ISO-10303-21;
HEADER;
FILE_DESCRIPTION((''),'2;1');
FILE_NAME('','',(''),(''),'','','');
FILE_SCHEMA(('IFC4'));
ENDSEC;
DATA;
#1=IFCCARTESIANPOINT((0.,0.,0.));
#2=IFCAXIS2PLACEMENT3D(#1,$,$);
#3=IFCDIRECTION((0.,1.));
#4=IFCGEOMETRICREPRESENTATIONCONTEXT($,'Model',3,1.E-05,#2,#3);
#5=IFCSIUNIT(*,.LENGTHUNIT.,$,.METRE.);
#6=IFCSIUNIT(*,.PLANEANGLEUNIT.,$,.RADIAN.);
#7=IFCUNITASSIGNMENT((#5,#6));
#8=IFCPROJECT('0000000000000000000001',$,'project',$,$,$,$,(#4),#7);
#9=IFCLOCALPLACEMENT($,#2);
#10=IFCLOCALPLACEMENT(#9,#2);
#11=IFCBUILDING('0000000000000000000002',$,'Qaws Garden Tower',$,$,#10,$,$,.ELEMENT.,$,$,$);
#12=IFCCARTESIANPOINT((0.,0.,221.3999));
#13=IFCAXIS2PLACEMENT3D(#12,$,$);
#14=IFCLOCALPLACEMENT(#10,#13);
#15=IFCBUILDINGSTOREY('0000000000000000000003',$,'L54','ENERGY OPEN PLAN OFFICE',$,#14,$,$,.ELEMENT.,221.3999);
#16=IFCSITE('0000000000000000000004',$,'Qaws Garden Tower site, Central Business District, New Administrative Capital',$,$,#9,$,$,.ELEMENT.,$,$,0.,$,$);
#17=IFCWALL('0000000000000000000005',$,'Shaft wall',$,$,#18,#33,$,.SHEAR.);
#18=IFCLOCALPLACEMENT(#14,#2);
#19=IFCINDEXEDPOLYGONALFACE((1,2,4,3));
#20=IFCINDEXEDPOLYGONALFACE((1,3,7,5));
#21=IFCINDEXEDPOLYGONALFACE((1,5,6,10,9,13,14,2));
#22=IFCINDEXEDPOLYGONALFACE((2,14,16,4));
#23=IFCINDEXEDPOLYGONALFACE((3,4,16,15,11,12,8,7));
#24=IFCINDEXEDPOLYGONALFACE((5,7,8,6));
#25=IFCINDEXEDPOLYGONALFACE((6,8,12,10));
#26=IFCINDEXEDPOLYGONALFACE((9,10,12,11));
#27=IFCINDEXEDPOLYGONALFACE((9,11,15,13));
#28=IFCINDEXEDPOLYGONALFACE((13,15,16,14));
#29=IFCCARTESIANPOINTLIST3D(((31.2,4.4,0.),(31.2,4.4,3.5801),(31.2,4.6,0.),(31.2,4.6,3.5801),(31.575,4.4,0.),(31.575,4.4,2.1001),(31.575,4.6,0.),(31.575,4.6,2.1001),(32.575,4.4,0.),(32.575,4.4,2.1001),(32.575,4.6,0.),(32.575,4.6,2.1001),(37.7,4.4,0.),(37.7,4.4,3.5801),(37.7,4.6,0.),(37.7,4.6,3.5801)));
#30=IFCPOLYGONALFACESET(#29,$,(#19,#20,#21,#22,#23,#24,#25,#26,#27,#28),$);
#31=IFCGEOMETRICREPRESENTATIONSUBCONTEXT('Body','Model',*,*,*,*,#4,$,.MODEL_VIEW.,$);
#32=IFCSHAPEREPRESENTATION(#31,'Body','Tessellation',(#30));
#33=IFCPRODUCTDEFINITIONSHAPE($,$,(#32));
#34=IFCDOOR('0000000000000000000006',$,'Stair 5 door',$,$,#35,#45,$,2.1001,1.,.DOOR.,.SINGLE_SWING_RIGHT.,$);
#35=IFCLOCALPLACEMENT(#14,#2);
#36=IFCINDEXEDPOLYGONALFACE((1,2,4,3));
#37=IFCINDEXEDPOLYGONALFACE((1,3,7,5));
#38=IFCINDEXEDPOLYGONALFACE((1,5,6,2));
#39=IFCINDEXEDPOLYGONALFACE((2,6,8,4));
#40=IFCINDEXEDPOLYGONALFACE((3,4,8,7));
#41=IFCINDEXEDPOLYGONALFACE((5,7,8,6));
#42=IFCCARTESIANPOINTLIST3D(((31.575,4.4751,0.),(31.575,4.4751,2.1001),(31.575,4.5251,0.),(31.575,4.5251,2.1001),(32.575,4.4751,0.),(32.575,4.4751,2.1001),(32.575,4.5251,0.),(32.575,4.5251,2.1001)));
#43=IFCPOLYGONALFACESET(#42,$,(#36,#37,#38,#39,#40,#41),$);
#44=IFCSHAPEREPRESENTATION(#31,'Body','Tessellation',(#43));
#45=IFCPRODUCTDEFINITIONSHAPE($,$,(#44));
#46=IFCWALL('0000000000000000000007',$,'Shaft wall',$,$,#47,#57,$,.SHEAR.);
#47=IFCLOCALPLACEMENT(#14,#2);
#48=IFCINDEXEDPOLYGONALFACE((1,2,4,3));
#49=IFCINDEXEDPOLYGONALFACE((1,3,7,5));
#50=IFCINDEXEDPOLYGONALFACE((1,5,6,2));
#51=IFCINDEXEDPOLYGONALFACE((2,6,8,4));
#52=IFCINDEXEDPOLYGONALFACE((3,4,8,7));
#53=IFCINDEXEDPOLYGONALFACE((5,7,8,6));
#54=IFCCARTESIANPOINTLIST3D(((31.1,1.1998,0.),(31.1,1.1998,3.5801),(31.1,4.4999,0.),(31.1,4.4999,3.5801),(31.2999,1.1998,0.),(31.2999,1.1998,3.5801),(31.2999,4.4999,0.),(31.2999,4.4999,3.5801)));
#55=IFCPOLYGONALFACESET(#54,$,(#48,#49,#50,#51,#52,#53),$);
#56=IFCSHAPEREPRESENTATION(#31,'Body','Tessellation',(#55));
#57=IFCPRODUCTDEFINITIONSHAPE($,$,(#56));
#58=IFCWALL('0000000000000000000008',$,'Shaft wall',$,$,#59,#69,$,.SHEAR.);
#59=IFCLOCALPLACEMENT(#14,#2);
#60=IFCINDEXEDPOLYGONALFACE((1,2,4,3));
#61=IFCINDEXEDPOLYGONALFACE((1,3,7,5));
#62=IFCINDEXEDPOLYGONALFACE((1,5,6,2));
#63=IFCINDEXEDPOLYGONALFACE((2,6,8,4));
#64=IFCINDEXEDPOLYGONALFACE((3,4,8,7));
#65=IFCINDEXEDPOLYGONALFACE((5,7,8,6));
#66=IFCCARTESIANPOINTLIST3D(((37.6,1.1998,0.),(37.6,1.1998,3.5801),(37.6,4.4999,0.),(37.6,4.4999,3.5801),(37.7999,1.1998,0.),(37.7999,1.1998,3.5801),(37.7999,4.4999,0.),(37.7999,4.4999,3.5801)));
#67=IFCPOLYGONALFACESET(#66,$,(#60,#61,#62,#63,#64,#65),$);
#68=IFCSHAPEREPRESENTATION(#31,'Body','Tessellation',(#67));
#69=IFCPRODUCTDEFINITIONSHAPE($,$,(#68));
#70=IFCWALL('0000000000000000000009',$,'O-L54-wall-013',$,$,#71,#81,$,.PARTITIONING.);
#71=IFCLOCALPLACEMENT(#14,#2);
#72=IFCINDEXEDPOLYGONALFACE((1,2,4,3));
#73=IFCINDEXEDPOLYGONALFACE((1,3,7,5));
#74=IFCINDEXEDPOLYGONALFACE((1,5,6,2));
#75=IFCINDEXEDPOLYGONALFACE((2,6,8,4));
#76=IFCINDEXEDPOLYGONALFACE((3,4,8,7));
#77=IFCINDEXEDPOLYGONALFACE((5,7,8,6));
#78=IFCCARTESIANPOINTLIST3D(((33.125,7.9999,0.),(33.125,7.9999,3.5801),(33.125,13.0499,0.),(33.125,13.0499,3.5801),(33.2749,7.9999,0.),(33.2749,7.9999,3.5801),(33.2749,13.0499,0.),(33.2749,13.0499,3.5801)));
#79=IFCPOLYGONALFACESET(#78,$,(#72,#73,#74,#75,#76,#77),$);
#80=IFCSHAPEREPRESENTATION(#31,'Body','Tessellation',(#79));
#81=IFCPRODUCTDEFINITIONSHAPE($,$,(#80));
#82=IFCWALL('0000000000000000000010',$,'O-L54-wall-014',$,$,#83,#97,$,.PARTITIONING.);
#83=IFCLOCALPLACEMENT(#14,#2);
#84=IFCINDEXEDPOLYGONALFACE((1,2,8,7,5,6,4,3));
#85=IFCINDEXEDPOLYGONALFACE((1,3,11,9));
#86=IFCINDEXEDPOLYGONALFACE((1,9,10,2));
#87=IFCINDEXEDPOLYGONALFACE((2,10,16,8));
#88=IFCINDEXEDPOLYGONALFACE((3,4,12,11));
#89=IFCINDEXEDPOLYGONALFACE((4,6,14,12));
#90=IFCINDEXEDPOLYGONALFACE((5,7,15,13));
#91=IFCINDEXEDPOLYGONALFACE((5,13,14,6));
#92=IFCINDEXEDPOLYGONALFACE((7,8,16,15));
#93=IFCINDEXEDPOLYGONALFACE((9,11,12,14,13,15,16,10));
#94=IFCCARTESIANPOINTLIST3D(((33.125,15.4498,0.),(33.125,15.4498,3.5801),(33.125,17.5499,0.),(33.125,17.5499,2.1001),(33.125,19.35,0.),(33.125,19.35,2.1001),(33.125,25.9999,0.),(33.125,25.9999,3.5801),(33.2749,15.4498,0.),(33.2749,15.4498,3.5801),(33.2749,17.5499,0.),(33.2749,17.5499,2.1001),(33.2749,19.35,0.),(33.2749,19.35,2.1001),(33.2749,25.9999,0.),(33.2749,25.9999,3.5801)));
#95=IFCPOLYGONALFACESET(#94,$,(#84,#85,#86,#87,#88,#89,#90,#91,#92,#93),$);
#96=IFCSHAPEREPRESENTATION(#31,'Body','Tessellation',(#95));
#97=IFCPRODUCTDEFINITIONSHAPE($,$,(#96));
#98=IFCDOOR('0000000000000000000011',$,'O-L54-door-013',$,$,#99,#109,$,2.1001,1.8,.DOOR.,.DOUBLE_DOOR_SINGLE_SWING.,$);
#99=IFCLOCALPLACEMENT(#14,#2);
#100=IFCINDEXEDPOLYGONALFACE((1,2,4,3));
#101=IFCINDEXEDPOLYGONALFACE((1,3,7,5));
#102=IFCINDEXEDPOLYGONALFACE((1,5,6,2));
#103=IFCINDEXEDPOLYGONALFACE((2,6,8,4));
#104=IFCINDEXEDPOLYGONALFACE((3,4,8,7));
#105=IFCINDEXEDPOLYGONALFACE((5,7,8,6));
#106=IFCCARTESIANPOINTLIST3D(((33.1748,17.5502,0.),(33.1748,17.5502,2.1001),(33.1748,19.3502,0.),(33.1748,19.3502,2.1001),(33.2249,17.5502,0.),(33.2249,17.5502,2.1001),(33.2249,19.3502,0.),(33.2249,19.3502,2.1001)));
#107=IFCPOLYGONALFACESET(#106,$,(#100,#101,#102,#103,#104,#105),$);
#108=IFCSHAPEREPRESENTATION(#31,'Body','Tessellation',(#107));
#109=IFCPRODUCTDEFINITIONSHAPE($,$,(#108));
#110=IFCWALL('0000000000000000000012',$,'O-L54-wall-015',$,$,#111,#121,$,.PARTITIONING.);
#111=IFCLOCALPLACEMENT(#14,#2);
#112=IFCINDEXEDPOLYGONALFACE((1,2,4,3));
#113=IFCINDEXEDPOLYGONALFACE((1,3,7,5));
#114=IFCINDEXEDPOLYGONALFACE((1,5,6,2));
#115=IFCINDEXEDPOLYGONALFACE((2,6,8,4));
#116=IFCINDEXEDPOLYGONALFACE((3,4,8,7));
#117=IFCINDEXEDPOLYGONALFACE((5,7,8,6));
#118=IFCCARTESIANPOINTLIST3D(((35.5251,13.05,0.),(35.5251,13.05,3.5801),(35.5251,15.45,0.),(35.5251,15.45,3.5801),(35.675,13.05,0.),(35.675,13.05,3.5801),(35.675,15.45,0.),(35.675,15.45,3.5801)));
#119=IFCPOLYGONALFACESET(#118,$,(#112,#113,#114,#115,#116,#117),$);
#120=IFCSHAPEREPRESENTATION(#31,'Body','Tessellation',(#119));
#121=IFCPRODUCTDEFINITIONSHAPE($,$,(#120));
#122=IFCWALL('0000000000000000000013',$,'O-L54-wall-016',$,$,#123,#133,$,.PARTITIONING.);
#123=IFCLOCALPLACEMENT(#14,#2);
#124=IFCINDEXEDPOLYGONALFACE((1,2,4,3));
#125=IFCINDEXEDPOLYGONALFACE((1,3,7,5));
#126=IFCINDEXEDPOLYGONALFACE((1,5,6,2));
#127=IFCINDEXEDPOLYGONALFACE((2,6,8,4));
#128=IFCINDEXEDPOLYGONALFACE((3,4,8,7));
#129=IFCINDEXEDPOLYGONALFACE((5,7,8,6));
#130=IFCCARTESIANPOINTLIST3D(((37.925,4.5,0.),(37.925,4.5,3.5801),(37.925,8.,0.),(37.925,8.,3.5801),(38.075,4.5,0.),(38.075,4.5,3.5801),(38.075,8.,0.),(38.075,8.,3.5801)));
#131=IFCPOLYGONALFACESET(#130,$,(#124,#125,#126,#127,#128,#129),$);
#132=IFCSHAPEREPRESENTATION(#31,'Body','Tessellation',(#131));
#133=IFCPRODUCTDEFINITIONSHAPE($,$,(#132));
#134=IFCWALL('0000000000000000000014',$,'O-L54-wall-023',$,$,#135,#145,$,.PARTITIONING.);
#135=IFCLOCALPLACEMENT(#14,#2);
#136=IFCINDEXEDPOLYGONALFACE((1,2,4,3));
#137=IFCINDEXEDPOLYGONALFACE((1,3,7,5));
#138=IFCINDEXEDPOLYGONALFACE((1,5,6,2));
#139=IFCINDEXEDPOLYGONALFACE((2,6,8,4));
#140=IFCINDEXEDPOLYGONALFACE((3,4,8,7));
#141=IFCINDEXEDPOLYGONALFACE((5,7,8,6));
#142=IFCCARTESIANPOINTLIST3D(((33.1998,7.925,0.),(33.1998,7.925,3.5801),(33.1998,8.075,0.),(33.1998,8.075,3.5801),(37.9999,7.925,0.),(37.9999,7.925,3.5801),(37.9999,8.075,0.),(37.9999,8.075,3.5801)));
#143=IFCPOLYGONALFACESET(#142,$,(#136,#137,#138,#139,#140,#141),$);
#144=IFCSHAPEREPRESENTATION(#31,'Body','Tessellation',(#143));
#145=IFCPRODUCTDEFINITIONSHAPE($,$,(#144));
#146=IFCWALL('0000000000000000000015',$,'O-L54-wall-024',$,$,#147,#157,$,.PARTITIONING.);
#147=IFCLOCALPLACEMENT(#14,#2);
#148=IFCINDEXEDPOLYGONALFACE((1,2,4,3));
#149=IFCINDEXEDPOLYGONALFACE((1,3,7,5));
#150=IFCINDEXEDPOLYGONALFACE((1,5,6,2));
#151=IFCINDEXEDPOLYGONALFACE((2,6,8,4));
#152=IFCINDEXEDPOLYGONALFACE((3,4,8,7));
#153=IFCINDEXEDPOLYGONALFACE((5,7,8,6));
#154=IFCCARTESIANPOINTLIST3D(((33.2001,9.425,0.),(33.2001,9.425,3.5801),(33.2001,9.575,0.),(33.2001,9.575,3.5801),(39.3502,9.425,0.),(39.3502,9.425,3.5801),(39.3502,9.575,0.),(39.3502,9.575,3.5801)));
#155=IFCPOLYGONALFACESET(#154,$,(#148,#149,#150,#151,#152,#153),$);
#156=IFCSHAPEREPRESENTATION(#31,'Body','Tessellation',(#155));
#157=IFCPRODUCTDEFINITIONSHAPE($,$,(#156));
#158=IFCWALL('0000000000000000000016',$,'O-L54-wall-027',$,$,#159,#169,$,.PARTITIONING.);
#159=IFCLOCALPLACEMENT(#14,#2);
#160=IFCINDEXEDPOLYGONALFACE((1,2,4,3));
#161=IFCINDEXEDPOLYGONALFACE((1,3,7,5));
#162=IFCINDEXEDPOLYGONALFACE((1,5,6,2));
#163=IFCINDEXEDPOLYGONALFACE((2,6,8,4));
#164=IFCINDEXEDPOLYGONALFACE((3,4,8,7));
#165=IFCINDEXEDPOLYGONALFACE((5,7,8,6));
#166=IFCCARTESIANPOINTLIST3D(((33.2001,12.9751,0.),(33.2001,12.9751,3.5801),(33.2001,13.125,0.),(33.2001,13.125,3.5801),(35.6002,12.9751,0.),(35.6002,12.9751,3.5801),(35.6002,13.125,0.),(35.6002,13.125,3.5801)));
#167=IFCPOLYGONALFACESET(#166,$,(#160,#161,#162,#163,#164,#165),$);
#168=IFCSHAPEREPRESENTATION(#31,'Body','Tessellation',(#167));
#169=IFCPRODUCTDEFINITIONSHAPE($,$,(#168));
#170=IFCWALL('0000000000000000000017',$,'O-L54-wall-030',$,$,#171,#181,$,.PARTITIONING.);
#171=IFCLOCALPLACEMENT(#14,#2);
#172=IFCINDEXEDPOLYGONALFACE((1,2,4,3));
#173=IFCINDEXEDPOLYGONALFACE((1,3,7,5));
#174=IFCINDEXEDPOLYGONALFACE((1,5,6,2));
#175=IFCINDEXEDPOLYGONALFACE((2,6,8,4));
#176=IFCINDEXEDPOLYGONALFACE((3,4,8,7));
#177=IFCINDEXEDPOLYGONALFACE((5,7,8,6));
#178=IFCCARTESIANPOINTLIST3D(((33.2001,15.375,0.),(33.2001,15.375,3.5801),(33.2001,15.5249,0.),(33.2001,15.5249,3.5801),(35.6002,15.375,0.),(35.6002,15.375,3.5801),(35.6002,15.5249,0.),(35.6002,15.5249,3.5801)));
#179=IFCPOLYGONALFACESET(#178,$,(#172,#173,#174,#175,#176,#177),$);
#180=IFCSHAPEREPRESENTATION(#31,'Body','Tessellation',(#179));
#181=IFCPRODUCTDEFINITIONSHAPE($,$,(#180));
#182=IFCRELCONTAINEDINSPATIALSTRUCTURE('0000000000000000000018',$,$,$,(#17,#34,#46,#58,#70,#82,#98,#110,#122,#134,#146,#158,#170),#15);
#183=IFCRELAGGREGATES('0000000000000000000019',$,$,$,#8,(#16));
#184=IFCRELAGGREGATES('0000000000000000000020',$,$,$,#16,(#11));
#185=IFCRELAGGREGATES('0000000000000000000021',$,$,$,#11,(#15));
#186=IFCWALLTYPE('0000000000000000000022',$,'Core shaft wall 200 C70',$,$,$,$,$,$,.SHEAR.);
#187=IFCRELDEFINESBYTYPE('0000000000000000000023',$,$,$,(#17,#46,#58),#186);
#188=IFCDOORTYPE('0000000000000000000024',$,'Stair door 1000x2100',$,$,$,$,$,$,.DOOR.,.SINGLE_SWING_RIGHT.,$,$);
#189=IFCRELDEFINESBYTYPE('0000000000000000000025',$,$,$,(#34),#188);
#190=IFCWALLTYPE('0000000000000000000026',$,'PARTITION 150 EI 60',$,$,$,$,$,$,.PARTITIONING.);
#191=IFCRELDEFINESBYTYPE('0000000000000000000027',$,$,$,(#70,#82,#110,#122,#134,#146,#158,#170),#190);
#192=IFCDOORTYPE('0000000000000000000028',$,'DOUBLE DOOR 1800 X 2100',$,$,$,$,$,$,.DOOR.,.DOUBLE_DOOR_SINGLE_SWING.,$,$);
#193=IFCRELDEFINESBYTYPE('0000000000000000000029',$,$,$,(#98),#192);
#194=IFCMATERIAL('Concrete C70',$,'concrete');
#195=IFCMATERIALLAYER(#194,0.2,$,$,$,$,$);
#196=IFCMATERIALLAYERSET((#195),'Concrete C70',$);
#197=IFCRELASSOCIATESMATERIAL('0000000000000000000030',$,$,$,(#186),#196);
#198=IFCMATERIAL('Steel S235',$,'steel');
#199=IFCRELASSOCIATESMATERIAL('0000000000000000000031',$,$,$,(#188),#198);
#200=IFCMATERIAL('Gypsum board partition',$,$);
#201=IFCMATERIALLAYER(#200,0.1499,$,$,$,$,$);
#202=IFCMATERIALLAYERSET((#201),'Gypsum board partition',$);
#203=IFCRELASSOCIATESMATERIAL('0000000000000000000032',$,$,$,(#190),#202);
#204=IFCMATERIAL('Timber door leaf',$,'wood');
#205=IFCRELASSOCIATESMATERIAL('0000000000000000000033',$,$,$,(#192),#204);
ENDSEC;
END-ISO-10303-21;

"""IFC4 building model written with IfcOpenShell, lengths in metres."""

from ifc_helpers import new_model, si_unit, direction, frame, frame_2d, origin, place, context, subcontext, project, spatial, rectangle, extrude, material, layer, layer_set, type_object, element, fill, save


model = new_model("IFC4")

# Units and contexts
model_context = context("Model", 3, precision=1e-05, world=origin(), true_north=direction((0.0, 1.0)))
body_context = subcontext(model_context, "Body", "Model", "MODEL_VIEW")
ifc_project = project(units=[si_unit("LENGTHUNIT", "METRE"), si_unit("PLANEANGLEUNIT", "RADIAN")], contexts=[model_context])

# Site, building, storey
site_placement = place(None, origin())
site = spatial("IfcSite", under=ifc_project, at=site_placement, Name="Qaws Garden Tower site, Central Business District, New Administrative Capital", CompositionType="ELEMENT", RefElevation=0.0)
building_placement = place(site_placement, origin())
building = spatial("IfcBuilding", under=site, at=building_placement, Name="Qaws Garden Tower", CompositionType="ELEMENT")
storey_placement = place(building_placement, frame((0.0, 0.0, 221.3999)))
storey = spatial("IfcBuildingStorey", under=building, at=storey_placement, Name="L54", Description="ENERGY OPEN PLAN OFFICE", CompositionType="ELEMENT", Elevation=221.3999)

# Wall, opening, door
ifc_material_1 = material(Name="Concrete C70", Category="concrete")
ifc_layer_1 = layer(ifc_material_1, 0.2)
ifc_layer_set_1 = layer_set([ifc_layer_1], Name="Concrete C70")
wall_type_1 = type_object("IfcWallType", Name="Core shaft wall 200 C70", PredefinedType="SHEAR", material=ifc_layer_set_1)
wall_1_placement = place(storey_placement, frame((31.2, 4.5, 0.0), z_axis=(0.0, 0.0, 1.0), x_axis=(1.0, 0.0, 0.0)))
wall_1 = element("IfcWall", 1, at=wall_1_placement, inside=storey, type_object=wall_type_1, Name="Shaft wall", PredefinedType="SHEAR", context=body_context, shape_type="SweptSolid", body=[
    extrude(rectangle(XDim=6.5, YDim=0.2, at=frame_2d((3.25, 0.0))), origin(), (0.0, 0.0, 1.0), 3.5801),
])
opening_1_placement = place(wall_1_placement, frame((0.375, 0.0, 0.0)))
opening_1 = element("IfcOpeningElement", 2, at=opening_1_placement, cuts=wall_1, PredefinedType="OPENING", context=body_context, shape_type="SweptSolid", body=[
    extrude(rectangle(XDim=1.0, YDim=2.1001, at=frame_2d((0.5, 1.05))), frame((0.0, 0.1099, 0.0), z_axis=(0.0, -1.0, 0.0), x_axis=(1.0, 0.0, 0.0)), (0.0, 0.0, 1.0), 0.22),
])
ifc_material_2 = material(Name="Steel S235", Category="steel")
door_type_1 = type_object("IfcDoorType", Name="Stair door 1000x2100", OperationType="SINGLE_SWING_RIGHT", PredefinedType="DOOR", material=ifc_material_2)
door_1_placement = place(opening_1_placement, frame((1.0, 0.0, 0.0), z_axis=(0.0, 0.0, 1.0), x_axis=(-1.0, 0.0, 0.0)))
door_1 = element("IfcDoor", 3, at=door_1_placement, inside=storey, type_object=door_type_1, Name="Stair 5 door", OperationType="SINGLE_SWING_RIGHT", OverallHeight=2.1001, OverallWidth=1.0, PredefinedType="DOOR", context=body_context, shape_type="SweptSolid", body=[
    extrude(rectangle(XDim=1.0, YDim=2.1001, at=frame_2d((0.5, 1.05))), frame((0.0, 0.0249, 0.0), z_axis=(0.0, -1.0, 0.0), x_axis=(1.0, 0.0, 0.0)), (0.0, 0.0, 1.0), 0.05),
])
fill(opening_1, door_1)

# Walls
for number, where, z_axis, x_axis, name in (
    (4, (31.2, 1.2, 0.0), (0.0, 0.0, 1.0), (0.0, 1.0, 0.0), "Shaft wall"),
    (5, (37.7, 1.2, 0.0), (0.0, 0.0, 1.0), (0.0, 1.0, 0.0), "Shaft wall"),
):
    element("IfcWall", number, at=place(storey_placement, frame(where, z_axis=z_axis, x_axis=x_axis)), inside=storey, type_object=wall_type_1, Name=name, PredefinedType="SHEAR", context=body_context, shape_type="SweptSolid", body=[
        extrude(rectangle(XDim=3.3, YDim=0.2, at=frame_2d((1.6499, 0.0))), origin(), (0.0, 0.0, 1.0), 3.5801),
    ])
ifc_material_3 = material(Name="Gypsum board partition")
ifc_layer_2 = layer(ifc_material_3, 0.1499)
ifc_layer_set_2 = layer_set([ifc_layer_2], Name="Gypsum board partition")
wall_type_2 = type_object("IfcWallType", Name="PARTITION 150 EI 60", PredefinedType="PARTITIONING", material=ifc_layer_set_2)
wall_2_placement = place(storey_placement, frame((33.2, 8.0, 0.0), z_axis=(0.0, 0.0, 1.0), x_axis=(0.0, 1.0, 0.0)))
element("IfcWall", 6, at=wall_2_placement, inside=storey, type_object=wall_type_2, Name="O-L54-wall-013", PredefinedType="PARTITIONING", context=body_context, shape_type="SweptSolid", body=[
    extrude(rectangle(XDim=5.05, YDim=0.1499, at=frame_2d((2.5249, 0.0))), origin(), (0.0, 0.0, 1.0), 3.5801),
])

# Wall, opening, door
wall_3_placement = place(storey_placement, frame((33.2, 15.45, 0.0), z_axis=(0.0, 0.0, 1.0), x_axis=(0.0, 1.0, 0.0)))
wall_3 = element("IfcWall", 7, at=wall_3_placement, inside=storey, type_object=wall_type_2, Name="O-L54-wall-014", PredefinedType="PARTITIONING", context=body_context, shape_type="SweptSolid", body=[
    extrude(rectangle(XDim=10.55, YDim=0.1499, at=frame_2d((5.2749, 0.0))), origin(), (0.0, 0.0, 1.0), 3.5801),
])
opening_2_placement = place(wall_3_placement, frame((2.1001, 0.0, 0.0)))
opening_2 = element("IfcOpeningElement", 8, at=opening_2_placement, cuts=wall_3, PredefinedType="OPENING", context=body_context, shape_type="SweptSolid", body=[
    extrude(rectangle(XDim=1.8, YDim=2.1001, at=frame_2d((0.8999, 1.05))), frame((0.0, 0.085, 0.0), z_axis=(0.0, -1.0, 0.0), x_axis=(1.0, 0.0, 0.0)), (0.0, 0.0, 1.0), 0.1699),
])
ifc_material_4 = material(Name="Timber door leaf", Category="wood")
door_type_2 = type_object("IfcDoorType", Name="DOUBLE DOOR 1800 X 2100", OperationType="DOUBLE_DOOR_SINGLE_SWING", PredefinedType="DOOR", material=ifc_material_4)
door_2_placement = place(opening_2_placement, frame((1.8, 0.0, 0.0), z_axis=(0.0, 0.0, 1.0), x_axis=(-1.0, 0.0, 0.0)))
door_2 = element("IfcDoor", 9, at=door_2_placement, inside=storey, type_object=door_type_2, Name="O-L54-door-013", OperationType="DOUBLE_DOOR_SINGLE_SWING", OverallHeight=2.1001, OverallWidth=1.8, PredefinedType="DOOR", context=body_context, shape_type="SweptSolid", body=[
    extrude(rectangle(XDim=1.8, YDim=2.1001, at=frame_2d((0.8999, 1.05))), frame((0.0, 0.0249, 0.0), z_axis=(0.0, -1.0, 0.0), x_axis=(1.0, 0.0, 0.0)), (0.0, 0.0, 1.0), 0.05),
])
fill(opening_2, door_2)

# Walls
wall_4_placement = place(storey_placement, frame((35.6001, 13.05, 0.0), z_axis=(0.0, 0.0, 1.0), x_axis=(0.0, 1.0, 0.0)))
element("IfcWall", 10, at=wall_4_placement, inside=storey, type_object=wall_type_2, Name="O-L54-wall-015", PredefinedType="PARTITIONING", context=body_context, shape_type="SweptSolid", body=[
    extrude(rectangle(XDim=2.3999, YDim=0.1499, at=frame_2d((1.2, 0.0))), origin(), (0.0, 0.0, 1.0), 3.5801),
])
wall_5_placement = place(storey_placement, frame((38.0, 4.5, 0.0), z_axis=(0.0, 0.0, 1.0), x_axis=(0.0, 1.0, 0.0)))
element("IfcWall", 11, at=wall_5_placement, inside=storey, type_object=wall_type_2, Name="O-L54-wall-016", PredefinedType="PARTITIONING", context=body_context, shape_type="SweptSolid", body=[
    extrude(rectangle(XDim=3.5, YDim=0.1499, at=frame_2d((1.75, 0.0))), origin(), (0.0, 0.0, 1.0), 3.5801),
])
wall_6_placement = place(storey_placement, frame((33.2, 8.0, 0.0), z_axis=(0.0, 0.0, 1.0), x_axis=(1.0, 0.0, 0.0)))
element("IfcWall", 12, at=wall_6_placement, inside=storey, type_object=wall_type_2, Name="O-L54-wall-023", PredefinedType="PARTITIONING", context=body_context, shape_type="SweptSolid", body=[
    extrude(rectangle(XDim=4.8, YDim=0.1499, at=frame_2d((2.3999, 0.0))), origin(), (0.0, 0.0, 1.0), 3.5801),
])
wall_7_placement = place(storey_placement, frame((33.2, 9.5, 0.0), z_axis=(0.0, 0.0, 1.0), x_axis=(1.0, 0.0, 0.0)))
element("IfcWall", 13, at=wall_7_placement, inside=storey, type_object=wall_type_2, Name="O-L54-wall-024", PredefinedType="PARTITIONING", context=body_context, shape_type="SweptSolid", body=[
    extrude(rectangle(XDim=6.1501, YDim=0.1499, at=frame_2d((3.0752, 0.0))), origin(), (0.0, 0.0, 1.0), 3.5801),
])
for number, where, z_axis, x_axis, name in (
    (14, (33.2, 13.05, 0.0), (0.0, 0.0, 1.0), (1.0, 0.0, 0.0), "O-L54-wall-027"),
    (15, (33.2, 15.45, 0.0), (0.0, 0.0, 1.0), (1.0, 0.0, 0.0), "O-L54-wall-030"),
):
    element("IfcWall", number, at=place(storey_placement, frame(where, z_axis=z_axis, x_axis=x_axis)), inside=storey, type_object=wall_type_2, Name=name, PredefinedType="PARTITIONING", context=body_context, shape_type="SweptSolid", body=[
        extrude(rectangle(XDim=2.4001, YDim=0.1499, at=frame_2d((1.2002, 0.0))), origin(), (0.0, 0.0, 1.0), 3.5801),
    ])

save(model, "model.ifc")
